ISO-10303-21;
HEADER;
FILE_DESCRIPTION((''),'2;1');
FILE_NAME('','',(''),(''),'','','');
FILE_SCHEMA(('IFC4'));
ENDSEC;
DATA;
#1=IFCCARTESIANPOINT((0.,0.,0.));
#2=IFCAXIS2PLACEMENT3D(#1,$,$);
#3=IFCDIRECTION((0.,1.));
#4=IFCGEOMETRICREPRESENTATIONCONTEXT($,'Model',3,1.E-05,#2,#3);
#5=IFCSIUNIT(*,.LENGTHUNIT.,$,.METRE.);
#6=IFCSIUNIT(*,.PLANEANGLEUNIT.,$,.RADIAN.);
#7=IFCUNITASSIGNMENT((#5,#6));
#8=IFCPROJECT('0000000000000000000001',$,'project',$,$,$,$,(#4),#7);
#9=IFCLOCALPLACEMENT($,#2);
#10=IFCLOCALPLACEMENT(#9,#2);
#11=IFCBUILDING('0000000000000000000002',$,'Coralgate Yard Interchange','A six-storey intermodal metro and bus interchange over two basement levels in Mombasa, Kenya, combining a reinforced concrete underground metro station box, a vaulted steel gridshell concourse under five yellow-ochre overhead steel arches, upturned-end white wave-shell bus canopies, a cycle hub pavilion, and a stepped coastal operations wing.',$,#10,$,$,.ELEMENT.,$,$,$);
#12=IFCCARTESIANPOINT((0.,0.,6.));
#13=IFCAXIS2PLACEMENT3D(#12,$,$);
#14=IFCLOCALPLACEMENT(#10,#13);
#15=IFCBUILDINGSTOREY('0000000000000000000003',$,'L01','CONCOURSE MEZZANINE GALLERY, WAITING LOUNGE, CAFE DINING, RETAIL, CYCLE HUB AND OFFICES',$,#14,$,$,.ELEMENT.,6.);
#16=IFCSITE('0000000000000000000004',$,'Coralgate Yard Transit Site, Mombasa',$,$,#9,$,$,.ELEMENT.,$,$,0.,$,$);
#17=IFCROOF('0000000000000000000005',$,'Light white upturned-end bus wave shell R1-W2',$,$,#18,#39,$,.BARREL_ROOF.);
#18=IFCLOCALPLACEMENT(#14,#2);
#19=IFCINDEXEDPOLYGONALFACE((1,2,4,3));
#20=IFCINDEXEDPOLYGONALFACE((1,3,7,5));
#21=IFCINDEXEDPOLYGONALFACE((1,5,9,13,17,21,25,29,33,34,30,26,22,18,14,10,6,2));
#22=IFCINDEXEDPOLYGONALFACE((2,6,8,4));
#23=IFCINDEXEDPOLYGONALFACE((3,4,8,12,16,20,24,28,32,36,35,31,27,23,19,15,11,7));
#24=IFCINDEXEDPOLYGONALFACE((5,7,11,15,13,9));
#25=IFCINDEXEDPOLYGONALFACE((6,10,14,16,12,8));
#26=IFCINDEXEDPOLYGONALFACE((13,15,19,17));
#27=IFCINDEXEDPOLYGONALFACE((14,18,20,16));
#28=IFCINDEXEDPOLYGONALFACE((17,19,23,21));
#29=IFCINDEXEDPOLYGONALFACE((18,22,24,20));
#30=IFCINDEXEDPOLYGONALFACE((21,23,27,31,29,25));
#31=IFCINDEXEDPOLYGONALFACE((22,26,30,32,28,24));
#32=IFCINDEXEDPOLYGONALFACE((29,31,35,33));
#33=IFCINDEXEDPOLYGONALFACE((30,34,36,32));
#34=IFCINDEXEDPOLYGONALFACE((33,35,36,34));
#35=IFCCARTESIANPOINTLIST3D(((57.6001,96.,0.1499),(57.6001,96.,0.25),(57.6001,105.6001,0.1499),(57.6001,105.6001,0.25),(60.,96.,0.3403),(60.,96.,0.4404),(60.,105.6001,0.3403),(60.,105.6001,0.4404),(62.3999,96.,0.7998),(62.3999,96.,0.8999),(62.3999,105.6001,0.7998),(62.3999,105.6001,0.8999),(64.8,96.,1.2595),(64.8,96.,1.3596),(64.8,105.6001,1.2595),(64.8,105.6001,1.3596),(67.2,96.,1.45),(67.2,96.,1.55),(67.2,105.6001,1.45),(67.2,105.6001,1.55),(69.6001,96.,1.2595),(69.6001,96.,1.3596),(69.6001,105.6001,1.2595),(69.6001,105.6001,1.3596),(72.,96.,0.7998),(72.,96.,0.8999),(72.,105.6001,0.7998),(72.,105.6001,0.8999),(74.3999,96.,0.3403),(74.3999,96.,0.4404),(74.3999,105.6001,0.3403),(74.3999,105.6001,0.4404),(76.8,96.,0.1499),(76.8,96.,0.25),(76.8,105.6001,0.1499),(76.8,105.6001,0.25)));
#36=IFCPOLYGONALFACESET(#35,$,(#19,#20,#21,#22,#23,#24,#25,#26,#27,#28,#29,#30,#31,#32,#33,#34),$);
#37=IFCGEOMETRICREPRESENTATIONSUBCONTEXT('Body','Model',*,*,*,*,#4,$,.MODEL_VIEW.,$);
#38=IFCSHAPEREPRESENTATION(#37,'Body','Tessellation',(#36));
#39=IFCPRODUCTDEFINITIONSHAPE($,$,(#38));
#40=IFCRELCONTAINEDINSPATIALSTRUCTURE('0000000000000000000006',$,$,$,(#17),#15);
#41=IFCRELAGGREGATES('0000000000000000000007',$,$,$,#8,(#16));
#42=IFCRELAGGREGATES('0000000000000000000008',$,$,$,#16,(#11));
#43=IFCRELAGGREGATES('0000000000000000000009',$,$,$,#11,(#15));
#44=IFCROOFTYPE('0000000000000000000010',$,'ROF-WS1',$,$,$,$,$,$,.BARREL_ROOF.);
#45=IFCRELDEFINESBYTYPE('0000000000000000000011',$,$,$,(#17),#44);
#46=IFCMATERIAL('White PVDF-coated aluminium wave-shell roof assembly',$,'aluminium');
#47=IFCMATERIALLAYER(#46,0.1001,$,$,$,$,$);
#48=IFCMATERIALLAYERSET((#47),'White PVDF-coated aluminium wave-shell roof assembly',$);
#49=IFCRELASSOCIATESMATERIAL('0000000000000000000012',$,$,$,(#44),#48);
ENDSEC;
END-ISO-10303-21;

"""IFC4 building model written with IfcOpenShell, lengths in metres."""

from ifc_helpers import new_model, si_unit, direction, frame, origin, place, context, subcontext, project, spatial, polyline, outline, extrude, material, layer, layer_set, type_object, element, save


model = new_model("IFC4")

# Units and contexts
model_context = context("Model", 3, precision=1e-05, world=origin(), true_north=direction((0.0, 1.0)))
body_context = subcontext(model_context, "Body", "Model", "MODEL_VIEW")
ifc_project = project(units=[si_unit("LENGTHUNIT", "METRE"), si_unit("PLANEANGLEUNIT", "RADIAN")], contexts=[model_context])

# Site, building, storey
site_placement = place(None, origin())
site = spatial("IfcSite", under=ifc_project, at=site_placement, Name="Coralgate Yard Transit Site, Mombasa", CompositionType="ELEMENT", RefElevation=0.0)
building_placement = place(site_placement, origin())
building = spatial("IfcBuilding", under=site, at=building_placement, Name="Coralgate Yard Interchange", Description="A six-storey intermodal metro and bus interchange over two basement levels in Mombasa, Kenya, combining a reinforced concrete underground metro station box, a vaulted steel gridshell concourse under five yellow-ochre overhead steel arches, upturned-end white wave-shell bus canopies, a cycle hub pavilion, and a stepped coastal operations wing.", CompositionType="ELEMENT")
storey_placement = place(building_placement, frame((0.0, 0.0, 6.0)))
storey = spatial("IfcBuildingStorey", under=building, at=storey_placement, Name="L01", Description="CONCOURSE MEZZANINE GALLERY, WAITING LOUNGE, CAFE DINING, RETAIL, CYCLE HUB AND OFFICES", CompositionType="ELEMENT", Elevation=6.0)

# Roof
ifc_material_1 = material(Name="White PVDF-coated aluminium wave-shell roof assembly", Category="aluminium")
ifc_layer_1 = layer(ifc_material_1, 0.1001)
ifc_layer_set_1 = layer_set([ifc_layer_1], Name="White PVDF-coated aluminium wave-shell roof assembly")
roof_type = type_object("IfcRoofType", Name="ROF-WS1", PredefinedType="BARREL_ROOF", material=ifc_layer_set_1)
roof_placement = place(storey_placement, frame((57.6001, 96.0, 0.25), z_axis=(0.0, 1.0, 0.0), x_axis=(-1.0, 0.0, 0.0)))
element("IfcRoof", 1, at=roof_placement, inside=storey, type_object=roof_type, Name="Light white upturned-end bus wave shell R1-W2", PredefinedType="BARREL_ROOF", context=body_context, shape_type="SweptSolid", body=[
    extrude(outline(polyline([(0.0, 0.0), (-2.3999, 0.1904), (-4.7998, 0.6499), (-7.2, 1.1096), (-9.5999, 1.3), (-12.0, 1.1096), (-14.3999, 0.6499), (-16.7998, 0.1904), (-19.2, 0.0), (-19.2, -0.1001), (-16.7998, 0.0903), (-14.3999, 0.5498), (-12.0, 1.0095), (-9.5999, 1.2), (-7.2, 1.0095), (-4.7998, 0.5498), (-2.3999, 0.0903), (0.0, -0.1001), (0.0, 0.0)])), origin(), (0.0, 0.0, 1.0), 9.6001),
])

save(model, "model.ifc")
